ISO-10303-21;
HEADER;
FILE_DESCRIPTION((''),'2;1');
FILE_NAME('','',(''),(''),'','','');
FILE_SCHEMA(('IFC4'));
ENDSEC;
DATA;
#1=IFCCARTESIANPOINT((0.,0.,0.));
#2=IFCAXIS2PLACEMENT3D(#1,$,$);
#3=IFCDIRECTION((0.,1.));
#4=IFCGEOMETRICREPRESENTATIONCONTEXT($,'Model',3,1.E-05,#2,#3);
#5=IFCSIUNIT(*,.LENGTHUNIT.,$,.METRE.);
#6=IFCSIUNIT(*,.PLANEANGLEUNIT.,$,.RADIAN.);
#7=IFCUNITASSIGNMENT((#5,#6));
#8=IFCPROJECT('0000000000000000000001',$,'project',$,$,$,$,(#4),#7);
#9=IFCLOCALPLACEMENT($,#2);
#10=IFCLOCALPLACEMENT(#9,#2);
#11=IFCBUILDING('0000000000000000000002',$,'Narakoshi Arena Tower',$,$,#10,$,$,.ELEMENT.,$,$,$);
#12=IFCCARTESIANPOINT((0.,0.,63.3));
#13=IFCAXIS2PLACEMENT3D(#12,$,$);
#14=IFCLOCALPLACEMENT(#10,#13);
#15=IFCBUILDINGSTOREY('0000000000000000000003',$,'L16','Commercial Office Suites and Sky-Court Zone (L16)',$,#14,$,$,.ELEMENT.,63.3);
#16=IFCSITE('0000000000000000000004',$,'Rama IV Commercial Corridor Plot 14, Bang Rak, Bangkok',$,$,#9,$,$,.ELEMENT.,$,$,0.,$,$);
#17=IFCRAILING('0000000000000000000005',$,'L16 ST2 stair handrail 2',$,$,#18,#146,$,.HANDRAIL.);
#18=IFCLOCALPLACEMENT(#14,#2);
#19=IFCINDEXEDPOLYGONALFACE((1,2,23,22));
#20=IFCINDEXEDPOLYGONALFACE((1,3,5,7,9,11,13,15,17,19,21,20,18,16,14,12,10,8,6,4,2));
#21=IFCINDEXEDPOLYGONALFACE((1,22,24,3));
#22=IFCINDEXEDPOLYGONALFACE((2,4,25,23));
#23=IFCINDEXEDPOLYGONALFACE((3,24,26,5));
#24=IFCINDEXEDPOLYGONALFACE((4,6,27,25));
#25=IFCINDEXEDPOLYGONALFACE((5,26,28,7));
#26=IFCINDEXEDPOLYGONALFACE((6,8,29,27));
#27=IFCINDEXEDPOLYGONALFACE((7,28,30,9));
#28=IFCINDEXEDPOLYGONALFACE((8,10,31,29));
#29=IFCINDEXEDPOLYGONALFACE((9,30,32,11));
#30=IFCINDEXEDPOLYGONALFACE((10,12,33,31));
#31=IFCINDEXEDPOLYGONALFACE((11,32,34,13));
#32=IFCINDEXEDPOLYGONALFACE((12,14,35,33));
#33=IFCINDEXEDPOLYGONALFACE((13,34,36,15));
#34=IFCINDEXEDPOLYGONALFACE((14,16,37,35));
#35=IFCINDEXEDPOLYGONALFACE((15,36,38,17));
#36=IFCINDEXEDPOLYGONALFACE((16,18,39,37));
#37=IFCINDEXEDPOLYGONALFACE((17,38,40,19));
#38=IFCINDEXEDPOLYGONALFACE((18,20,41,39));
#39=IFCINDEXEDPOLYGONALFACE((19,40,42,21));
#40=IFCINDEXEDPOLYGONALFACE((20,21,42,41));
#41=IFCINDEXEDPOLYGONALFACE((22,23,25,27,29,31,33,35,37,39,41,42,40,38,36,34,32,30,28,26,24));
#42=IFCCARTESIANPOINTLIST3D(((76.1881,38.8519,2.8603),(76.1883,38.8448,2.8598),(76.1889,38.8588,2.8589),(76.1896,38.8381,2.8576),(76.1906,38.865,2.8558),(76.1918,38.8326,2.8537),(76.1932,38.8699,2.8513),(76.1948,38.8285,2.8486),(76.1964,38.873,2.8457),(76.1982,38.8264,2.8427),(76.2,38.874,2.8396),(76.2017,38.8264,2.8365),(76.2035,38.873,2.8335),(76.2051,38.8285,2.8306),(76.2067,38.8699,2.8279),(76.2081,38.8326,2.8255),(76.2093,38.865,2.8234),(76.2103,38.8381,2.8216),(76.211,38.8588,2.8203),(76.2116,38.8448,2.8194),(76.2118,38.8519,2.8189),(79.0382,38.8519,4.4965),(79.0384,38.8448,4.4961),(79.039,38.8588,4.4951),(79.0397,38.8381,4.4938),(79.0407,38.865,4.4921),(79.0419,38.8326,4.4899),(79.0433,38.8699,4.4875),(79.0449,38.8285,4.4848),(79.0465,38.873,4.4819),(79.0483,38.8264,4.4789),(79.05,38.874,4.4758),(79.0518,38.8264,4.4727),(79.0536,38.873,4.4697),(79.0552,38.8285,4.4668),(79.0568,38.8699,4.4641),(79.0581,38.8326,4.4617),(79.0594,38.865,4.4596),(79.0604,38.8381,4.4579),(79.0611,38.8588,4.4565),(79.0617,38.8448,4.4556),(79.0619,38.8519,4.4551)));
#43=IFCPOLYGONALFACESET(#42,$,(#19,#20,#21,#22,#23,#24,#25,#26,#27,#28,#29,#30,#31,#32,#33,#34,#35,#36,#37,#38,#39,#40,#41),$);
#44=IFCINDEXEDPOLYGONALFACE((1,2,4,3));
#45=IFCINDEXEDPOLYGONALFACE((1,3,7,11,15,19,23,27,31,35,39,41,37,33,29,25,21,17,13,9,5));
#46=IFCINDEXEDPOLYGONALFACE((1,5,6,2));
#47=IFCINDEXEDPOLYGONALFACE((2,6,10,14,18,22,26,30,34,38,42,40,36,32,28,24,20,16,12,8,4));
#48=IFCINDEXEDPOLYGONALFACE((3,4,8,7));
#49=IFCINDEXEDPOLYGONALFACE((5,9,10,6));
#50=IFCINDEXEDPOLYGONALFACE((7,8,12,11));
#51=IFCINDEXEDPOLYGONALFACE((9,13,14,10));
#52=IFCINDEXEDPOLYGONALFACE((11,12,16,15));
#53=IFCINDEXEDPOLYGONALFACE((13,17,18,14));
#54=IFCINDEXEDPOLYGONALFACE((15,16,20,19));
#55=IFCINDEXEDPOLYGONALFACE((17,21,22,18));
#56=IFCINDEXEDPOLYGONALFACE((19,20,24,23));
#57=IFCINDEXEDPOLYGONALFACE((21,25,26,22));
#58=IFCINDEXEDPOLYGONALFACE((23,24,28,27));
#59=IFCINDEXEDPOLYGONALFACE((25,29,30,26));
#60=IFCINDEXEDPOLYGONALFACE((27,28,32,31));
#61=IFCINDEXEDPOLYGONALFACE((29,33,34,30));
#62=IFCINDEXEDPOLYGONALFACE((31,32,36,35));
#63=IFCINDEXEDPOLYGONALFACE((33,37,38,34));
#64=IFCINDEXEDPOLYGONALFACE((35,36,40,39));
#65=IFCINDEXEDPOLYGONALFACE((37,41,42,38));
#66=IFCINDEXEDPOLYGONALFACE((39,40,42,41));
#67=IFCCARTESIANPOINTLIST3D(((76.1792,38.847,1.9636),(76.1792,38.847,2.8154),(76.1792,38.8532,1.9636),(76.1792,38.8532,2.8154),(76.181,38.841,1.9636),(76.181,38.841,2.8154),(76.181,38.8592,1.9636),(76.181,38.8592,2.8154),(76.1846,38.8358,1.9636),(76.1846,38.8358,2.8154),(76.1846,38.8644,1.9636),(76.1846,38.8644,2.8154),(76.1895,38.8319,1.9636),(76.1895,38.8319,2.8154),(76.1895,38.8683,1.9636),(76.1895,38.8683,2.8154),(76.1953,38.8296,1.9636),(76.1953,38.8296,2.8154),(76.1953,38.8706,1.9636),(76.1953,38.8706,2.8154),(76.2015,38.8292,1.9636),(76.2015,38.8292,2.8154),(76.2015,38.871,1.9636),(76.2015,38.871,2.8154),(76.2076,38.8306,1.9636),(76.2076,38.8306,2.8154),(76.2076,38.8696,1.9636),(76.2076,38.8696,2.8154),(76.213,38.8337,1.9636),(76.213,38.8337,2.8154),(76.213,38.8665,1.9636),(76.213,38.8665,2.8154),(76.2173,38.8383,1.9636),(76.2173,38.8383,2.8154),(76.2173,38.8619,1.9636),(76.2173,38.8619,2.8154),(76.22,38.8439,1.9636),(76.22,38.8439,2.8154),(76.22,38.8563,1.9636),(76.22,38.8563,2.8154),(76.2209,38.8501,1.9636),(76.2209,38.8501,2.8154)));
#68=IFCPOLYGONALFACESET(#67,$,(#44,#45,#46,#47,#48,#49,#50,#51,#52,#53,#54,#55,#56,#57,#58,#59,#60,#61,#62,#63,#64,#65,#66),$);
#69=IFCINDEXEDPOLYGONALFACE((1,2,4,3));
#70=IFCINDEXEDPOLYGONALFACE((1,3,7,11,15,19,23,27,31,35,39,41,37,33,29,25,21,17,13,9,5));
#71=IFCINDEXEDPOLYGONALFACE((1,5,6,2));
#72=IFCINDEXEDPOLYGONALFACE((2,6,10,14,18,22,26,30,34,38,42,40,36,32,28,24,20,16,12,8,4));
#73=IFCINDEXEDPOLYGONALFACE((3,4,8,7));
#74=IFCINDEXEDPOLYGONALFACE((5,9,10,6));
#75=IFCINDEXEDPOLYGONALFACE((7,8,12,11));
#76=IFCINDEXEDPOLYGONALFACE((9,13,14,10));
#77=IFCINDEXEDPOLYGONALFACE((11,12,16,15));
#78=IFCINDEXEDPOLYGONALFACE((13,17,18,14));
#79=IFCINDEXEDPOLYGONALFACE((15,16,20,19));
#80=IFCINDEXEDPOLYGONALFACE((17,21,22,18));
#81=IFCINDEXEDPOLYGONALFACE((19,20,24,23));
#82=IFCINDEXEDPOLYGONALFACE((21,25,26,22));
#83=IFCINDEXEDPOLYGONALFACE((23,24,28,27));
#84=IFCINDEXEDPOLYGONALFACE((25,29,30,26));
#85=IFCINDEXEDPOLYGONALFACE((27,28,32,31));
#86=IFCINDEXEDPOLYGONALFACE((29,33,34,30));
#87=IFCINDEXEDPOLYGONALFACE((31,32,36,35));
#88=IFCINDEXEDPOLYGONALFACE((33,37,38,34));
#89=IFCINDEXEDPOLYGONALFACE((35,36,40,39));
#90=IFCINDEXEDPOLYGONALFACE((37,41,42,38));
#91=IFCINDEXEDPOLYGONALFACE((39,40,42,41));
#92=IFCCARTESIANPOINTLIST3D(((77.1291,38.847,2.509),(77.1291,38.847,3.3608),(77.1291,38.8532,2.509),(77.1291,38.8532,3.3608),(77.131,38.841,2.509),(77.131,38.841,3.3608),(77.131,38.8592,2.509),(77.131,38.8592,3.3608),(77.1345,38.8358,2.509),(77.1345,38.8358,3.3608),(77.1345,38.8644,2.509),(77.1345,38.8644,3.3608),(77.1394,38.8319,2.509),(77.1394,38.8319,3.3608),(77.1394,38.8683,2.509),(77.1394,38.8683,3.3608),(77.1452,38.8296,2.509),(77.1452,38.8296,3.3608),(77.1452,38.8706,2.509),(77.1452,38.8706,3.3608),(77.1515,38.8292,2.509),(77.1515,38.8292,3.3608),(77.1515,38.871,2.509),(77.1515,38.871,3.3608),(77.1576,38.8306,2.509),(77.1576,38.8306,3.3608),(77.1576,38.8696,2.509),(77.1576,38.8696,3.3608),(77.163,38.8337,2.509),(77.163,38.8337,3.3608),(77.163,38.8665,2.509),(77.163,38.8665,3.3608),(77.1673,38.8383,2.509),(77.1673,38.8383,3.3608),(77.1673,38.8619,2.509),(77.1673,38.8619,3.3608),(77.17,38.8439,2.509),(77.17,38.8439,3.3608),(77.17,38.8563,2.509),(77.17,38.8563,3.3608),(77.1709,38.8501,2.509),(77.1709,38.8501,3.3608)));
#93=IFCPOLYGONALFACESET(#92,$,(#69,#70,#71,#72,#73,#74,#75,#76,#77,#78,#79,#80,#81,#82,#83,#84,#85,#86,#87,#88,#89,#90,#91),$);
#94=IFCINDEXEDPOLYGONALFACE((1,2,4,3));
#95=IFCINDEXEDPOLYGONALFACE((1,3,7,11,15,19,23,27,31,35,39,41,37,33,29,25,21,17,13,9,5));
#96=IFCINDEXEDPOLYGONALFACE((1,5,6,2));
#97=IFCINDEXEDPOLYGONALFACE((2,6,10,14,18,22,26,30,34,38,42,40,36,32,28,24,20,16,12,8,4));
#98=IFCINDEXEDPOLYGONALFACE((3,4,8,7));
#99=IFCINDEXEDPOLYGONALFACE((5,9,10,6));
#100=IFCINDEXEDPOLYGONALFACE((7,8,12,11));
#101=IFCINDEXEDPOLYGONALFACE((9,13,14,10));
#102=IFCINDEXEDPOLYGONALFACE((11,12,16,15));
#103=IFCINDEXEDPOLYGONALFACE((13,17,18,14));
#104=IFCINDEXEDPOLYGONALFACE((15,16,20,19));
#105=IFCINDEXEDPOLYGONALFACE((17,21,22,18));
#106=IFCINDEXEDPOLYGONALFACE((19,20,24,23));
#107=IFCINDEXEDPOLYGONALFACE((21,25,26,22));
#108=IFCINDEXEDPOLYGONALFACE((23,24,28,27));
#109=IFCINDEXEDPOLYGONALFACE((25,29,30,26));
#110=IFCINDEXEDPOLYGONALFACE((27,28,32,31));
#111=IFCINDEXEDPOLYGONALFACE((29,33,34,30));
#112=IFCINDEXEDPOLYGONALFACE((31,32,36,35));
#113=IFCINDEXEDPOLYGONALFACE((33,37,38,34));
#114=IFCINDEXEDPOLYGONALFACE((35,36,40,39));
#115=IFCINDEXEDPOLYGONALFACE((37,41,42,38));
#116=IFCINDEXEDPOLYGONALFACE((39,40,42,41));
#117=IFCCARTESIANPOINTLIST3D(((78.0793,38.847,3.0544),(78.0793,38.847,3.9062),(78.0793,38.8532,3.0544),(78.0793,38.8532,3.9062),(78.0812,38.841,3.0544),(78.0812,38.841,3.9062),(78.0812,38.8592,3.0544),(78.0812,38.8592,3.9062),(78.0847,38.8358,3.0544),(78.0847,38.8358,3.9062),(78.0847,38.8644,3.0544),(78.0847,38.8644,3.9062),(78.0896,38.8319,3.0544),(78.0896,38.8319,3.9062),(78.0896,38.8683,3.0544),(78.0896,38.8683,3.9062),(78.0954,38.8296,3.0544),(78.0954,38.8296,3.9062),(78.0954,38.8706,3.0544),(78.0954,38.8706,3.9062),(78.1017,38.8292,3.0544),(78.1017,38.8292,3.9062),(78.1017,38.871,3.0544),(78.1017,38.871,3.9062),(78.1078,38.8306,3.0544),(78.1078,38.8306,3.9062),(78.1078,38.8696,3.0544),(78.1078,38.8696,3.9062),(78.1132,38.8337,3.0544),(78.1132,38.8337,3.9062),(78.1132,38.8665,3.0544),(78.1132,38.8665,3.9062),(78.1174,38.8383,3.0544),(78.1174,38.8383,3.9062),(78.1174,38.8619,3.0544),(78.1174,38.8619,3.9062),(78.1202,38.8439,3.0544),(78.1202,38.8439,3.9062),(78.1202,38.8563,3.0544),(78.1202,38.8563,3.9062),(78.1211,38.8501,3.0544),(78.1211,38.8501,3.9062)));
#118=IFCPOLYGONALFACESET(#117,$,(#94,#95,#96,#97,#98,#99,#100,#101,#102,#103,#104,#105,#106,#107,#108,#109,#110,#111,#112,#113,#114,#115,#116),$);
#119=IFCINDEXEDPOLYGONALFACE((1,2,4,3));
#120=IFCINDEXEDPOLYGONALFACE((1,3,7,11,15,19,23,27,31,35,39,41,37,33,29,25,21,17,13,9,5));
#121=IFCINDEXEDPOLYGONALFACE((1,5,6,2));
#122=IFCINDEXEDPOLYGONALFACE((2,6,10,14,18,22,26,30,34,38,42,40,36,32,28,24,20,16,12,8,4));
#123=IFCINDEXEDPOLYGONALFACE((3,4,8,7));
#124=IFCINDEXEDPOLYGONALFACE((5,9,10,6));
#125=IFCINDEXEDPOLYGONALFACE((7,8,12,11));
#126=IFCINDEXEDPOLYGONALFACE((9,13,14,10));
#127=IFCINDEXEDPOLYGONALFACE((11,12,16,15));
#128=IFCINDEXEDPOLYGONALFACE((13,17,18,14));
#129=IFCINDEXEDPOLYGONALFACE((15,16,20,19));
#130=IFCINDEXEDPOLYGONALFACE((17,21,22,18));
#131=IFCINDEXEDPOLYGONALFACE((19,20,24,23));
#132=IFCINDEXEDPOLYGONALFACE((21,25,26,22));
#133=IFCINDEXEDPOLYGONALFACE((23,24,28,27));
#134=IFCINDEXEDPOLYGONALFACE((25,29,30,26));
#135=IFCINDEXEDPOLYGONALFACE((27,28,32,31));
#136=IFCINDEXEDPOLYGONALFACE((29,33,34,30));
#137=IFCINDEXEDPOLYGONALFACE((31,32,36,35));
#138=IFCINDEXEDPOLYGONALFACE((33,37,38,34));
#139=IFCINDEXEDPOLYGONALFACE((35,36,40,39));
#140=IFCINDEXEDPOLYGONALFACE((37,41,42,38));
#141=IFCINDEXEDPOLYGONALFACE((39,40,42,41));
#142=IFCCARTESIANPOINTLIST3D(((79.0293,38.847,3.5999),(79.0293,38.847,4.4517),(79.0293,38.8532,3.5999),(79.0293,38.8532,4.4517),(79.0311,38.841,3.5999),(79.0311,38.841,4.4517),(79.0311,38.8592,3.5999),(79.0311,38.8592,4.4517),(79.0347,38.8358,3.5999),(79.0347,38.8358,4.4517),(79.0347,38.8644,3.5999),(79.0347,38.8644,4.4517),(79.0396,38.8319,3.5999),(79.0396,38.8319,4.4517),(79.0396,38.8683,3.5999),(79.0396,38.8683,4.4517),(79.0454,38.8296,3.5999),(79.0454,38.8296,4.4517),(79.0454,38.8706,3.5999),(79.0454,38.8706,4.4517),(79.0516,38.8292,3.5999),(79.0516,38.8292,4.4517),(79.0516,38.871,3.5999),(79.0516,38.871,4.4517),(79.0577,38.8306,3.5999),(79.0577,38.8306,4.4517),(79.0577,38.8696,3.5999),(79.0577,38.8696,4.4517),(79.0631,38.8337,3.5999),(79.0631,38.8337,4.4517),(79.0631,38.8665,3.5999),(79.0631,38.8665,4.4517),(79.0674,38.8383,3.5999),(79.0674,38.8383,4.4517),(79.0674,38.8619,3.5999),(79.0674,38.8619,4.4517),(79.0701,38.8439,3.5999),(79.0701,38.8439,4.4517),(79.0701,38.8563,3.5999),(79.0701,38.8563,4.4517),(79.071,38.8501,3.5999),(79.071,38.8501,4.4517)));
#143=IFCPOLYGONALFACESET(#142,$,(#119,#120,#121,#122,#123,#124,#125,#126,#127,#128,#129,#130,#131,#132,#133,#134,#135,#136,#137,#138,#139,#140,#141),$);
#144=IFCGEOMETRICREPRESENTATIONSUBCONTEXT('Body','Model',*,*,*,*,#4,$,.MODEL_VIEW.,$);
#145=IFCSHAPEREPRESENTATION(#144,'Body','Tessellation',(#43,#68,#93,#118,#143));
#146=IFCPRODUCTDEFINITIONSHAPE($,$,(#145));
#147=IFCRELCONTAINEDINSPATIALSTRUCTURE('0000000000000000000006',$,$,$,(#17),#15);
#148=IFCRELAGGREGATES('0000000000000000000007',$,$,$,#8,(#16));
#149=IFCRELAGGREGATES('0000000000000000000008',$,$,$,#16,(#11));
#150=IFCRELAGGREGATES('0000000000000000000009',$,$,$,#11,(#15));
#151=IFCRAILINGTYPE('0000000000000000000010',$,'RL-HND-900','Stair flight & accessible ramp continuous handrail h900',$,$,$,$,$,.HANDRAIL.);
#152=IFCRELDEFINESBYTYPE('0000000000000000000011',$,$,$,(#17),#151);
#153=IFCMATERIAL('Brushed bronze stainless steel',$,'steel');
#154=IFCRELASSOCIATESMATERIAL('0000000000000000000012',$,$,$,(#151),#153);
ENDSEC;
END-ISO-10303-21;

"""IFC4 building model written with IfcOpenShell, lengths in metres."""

from ifc_helpers import new_model, si_unit, direction, frame, origin, origin_2d, place, context, subcontext, project, spatial, circle, extrude, material, type_object, element, save


model = new_model("IFC4")

# Units and contexts
model_context = context("Model", 3, precision=1e-05, world=origin(), true_north=direction((0.0, 1.0)))
body_context = subcontext(model_context, "Body", "Model", "MODEL_VIEW")
ifc_project = project(units=[si_unit("LENGTHUNIT", "METRE"), si_unit("PLANEANGLEUNIT", "RADIAN")], contexts=[model_context])

# Site, building, storey
site_placement = place(None, origin())
site = spatial("IfcSite", under=ifc_project, at=site_placement, Name="Rama IV Commercial Corridor Plot 14, Bang Rak, Bangkok", CompositionType="ELEMENT", RefElevation=0.0)
building_placement = place(site_placement, origin())
building = spatial("IfcBuilding", under=site, at=building_placement, Name="Narakoshi Arena Tower", CompositionType="ELEMENT")
storey_placement = place(building_placement, frame((0.0, 0.0, 63.3)))
storey = spatial("IfcBuildingStorey", under=building, at=storey_placement, Name="L16", Description="Commercial Office Suites and Sky-Court Zone (L16)", CompositionType="ELEMENT", Elevation=63.3)

# Railing
ifc_material_1 = material(Name="Brushed bronze stainless steel", Category="steel")
railing_type_1 = type_object("IfcRailingType", Name="RL-HND-900", Description="Stair flight & accessible ramp continuous handrail h900", PredefinedType="HANDRAIL", material=ifc_material_1)
railing_1_placement = place(storey_placement, frame((76.2, 38.8501, 1.9636)))
element("IfcRailing", 1, at=railing_1_placement, inside=storey, type_object=railing_type_1, Name="L16 ST2 stair handrail 2", PredefinedType="HANDRAIL", context=body_context, shape_type="SweptSolid", body=[
    extrude(circle(Radius=0.0239, at=origin_2d()), frame((0.0, 0.0, 0.876), z_axis=(0.867245, 0.0, 0.497882), x_axis=(0.0, 1.0, 0.0)), (0.0, 0.0, 1.0), 3.2864),
    extrude(circle(Radius=0.021, at=origin_2d()), origin(), (0.0, 0.0, 1.0), 0.8518),
    extrude(circle(Radius=0.021, at=origin_2d()), frame((0.95, 0.0, 0.5454)), (0.0, 0.0, 1.0), 0.8518),
    extrude(circle(Radius=0.021, at=origin_2d()), frame((1.9001, 0.0, 1.0908)), (0.0, 0.0, 1.0), 0.8518),
    extrude(circle(Radius=0.021, at=origin_2d()), frame((2.8501, 0.0, 1.6362)), (0.0, 0.0, 1.0), 0.8518),
])

save(model, "model.ifc")
